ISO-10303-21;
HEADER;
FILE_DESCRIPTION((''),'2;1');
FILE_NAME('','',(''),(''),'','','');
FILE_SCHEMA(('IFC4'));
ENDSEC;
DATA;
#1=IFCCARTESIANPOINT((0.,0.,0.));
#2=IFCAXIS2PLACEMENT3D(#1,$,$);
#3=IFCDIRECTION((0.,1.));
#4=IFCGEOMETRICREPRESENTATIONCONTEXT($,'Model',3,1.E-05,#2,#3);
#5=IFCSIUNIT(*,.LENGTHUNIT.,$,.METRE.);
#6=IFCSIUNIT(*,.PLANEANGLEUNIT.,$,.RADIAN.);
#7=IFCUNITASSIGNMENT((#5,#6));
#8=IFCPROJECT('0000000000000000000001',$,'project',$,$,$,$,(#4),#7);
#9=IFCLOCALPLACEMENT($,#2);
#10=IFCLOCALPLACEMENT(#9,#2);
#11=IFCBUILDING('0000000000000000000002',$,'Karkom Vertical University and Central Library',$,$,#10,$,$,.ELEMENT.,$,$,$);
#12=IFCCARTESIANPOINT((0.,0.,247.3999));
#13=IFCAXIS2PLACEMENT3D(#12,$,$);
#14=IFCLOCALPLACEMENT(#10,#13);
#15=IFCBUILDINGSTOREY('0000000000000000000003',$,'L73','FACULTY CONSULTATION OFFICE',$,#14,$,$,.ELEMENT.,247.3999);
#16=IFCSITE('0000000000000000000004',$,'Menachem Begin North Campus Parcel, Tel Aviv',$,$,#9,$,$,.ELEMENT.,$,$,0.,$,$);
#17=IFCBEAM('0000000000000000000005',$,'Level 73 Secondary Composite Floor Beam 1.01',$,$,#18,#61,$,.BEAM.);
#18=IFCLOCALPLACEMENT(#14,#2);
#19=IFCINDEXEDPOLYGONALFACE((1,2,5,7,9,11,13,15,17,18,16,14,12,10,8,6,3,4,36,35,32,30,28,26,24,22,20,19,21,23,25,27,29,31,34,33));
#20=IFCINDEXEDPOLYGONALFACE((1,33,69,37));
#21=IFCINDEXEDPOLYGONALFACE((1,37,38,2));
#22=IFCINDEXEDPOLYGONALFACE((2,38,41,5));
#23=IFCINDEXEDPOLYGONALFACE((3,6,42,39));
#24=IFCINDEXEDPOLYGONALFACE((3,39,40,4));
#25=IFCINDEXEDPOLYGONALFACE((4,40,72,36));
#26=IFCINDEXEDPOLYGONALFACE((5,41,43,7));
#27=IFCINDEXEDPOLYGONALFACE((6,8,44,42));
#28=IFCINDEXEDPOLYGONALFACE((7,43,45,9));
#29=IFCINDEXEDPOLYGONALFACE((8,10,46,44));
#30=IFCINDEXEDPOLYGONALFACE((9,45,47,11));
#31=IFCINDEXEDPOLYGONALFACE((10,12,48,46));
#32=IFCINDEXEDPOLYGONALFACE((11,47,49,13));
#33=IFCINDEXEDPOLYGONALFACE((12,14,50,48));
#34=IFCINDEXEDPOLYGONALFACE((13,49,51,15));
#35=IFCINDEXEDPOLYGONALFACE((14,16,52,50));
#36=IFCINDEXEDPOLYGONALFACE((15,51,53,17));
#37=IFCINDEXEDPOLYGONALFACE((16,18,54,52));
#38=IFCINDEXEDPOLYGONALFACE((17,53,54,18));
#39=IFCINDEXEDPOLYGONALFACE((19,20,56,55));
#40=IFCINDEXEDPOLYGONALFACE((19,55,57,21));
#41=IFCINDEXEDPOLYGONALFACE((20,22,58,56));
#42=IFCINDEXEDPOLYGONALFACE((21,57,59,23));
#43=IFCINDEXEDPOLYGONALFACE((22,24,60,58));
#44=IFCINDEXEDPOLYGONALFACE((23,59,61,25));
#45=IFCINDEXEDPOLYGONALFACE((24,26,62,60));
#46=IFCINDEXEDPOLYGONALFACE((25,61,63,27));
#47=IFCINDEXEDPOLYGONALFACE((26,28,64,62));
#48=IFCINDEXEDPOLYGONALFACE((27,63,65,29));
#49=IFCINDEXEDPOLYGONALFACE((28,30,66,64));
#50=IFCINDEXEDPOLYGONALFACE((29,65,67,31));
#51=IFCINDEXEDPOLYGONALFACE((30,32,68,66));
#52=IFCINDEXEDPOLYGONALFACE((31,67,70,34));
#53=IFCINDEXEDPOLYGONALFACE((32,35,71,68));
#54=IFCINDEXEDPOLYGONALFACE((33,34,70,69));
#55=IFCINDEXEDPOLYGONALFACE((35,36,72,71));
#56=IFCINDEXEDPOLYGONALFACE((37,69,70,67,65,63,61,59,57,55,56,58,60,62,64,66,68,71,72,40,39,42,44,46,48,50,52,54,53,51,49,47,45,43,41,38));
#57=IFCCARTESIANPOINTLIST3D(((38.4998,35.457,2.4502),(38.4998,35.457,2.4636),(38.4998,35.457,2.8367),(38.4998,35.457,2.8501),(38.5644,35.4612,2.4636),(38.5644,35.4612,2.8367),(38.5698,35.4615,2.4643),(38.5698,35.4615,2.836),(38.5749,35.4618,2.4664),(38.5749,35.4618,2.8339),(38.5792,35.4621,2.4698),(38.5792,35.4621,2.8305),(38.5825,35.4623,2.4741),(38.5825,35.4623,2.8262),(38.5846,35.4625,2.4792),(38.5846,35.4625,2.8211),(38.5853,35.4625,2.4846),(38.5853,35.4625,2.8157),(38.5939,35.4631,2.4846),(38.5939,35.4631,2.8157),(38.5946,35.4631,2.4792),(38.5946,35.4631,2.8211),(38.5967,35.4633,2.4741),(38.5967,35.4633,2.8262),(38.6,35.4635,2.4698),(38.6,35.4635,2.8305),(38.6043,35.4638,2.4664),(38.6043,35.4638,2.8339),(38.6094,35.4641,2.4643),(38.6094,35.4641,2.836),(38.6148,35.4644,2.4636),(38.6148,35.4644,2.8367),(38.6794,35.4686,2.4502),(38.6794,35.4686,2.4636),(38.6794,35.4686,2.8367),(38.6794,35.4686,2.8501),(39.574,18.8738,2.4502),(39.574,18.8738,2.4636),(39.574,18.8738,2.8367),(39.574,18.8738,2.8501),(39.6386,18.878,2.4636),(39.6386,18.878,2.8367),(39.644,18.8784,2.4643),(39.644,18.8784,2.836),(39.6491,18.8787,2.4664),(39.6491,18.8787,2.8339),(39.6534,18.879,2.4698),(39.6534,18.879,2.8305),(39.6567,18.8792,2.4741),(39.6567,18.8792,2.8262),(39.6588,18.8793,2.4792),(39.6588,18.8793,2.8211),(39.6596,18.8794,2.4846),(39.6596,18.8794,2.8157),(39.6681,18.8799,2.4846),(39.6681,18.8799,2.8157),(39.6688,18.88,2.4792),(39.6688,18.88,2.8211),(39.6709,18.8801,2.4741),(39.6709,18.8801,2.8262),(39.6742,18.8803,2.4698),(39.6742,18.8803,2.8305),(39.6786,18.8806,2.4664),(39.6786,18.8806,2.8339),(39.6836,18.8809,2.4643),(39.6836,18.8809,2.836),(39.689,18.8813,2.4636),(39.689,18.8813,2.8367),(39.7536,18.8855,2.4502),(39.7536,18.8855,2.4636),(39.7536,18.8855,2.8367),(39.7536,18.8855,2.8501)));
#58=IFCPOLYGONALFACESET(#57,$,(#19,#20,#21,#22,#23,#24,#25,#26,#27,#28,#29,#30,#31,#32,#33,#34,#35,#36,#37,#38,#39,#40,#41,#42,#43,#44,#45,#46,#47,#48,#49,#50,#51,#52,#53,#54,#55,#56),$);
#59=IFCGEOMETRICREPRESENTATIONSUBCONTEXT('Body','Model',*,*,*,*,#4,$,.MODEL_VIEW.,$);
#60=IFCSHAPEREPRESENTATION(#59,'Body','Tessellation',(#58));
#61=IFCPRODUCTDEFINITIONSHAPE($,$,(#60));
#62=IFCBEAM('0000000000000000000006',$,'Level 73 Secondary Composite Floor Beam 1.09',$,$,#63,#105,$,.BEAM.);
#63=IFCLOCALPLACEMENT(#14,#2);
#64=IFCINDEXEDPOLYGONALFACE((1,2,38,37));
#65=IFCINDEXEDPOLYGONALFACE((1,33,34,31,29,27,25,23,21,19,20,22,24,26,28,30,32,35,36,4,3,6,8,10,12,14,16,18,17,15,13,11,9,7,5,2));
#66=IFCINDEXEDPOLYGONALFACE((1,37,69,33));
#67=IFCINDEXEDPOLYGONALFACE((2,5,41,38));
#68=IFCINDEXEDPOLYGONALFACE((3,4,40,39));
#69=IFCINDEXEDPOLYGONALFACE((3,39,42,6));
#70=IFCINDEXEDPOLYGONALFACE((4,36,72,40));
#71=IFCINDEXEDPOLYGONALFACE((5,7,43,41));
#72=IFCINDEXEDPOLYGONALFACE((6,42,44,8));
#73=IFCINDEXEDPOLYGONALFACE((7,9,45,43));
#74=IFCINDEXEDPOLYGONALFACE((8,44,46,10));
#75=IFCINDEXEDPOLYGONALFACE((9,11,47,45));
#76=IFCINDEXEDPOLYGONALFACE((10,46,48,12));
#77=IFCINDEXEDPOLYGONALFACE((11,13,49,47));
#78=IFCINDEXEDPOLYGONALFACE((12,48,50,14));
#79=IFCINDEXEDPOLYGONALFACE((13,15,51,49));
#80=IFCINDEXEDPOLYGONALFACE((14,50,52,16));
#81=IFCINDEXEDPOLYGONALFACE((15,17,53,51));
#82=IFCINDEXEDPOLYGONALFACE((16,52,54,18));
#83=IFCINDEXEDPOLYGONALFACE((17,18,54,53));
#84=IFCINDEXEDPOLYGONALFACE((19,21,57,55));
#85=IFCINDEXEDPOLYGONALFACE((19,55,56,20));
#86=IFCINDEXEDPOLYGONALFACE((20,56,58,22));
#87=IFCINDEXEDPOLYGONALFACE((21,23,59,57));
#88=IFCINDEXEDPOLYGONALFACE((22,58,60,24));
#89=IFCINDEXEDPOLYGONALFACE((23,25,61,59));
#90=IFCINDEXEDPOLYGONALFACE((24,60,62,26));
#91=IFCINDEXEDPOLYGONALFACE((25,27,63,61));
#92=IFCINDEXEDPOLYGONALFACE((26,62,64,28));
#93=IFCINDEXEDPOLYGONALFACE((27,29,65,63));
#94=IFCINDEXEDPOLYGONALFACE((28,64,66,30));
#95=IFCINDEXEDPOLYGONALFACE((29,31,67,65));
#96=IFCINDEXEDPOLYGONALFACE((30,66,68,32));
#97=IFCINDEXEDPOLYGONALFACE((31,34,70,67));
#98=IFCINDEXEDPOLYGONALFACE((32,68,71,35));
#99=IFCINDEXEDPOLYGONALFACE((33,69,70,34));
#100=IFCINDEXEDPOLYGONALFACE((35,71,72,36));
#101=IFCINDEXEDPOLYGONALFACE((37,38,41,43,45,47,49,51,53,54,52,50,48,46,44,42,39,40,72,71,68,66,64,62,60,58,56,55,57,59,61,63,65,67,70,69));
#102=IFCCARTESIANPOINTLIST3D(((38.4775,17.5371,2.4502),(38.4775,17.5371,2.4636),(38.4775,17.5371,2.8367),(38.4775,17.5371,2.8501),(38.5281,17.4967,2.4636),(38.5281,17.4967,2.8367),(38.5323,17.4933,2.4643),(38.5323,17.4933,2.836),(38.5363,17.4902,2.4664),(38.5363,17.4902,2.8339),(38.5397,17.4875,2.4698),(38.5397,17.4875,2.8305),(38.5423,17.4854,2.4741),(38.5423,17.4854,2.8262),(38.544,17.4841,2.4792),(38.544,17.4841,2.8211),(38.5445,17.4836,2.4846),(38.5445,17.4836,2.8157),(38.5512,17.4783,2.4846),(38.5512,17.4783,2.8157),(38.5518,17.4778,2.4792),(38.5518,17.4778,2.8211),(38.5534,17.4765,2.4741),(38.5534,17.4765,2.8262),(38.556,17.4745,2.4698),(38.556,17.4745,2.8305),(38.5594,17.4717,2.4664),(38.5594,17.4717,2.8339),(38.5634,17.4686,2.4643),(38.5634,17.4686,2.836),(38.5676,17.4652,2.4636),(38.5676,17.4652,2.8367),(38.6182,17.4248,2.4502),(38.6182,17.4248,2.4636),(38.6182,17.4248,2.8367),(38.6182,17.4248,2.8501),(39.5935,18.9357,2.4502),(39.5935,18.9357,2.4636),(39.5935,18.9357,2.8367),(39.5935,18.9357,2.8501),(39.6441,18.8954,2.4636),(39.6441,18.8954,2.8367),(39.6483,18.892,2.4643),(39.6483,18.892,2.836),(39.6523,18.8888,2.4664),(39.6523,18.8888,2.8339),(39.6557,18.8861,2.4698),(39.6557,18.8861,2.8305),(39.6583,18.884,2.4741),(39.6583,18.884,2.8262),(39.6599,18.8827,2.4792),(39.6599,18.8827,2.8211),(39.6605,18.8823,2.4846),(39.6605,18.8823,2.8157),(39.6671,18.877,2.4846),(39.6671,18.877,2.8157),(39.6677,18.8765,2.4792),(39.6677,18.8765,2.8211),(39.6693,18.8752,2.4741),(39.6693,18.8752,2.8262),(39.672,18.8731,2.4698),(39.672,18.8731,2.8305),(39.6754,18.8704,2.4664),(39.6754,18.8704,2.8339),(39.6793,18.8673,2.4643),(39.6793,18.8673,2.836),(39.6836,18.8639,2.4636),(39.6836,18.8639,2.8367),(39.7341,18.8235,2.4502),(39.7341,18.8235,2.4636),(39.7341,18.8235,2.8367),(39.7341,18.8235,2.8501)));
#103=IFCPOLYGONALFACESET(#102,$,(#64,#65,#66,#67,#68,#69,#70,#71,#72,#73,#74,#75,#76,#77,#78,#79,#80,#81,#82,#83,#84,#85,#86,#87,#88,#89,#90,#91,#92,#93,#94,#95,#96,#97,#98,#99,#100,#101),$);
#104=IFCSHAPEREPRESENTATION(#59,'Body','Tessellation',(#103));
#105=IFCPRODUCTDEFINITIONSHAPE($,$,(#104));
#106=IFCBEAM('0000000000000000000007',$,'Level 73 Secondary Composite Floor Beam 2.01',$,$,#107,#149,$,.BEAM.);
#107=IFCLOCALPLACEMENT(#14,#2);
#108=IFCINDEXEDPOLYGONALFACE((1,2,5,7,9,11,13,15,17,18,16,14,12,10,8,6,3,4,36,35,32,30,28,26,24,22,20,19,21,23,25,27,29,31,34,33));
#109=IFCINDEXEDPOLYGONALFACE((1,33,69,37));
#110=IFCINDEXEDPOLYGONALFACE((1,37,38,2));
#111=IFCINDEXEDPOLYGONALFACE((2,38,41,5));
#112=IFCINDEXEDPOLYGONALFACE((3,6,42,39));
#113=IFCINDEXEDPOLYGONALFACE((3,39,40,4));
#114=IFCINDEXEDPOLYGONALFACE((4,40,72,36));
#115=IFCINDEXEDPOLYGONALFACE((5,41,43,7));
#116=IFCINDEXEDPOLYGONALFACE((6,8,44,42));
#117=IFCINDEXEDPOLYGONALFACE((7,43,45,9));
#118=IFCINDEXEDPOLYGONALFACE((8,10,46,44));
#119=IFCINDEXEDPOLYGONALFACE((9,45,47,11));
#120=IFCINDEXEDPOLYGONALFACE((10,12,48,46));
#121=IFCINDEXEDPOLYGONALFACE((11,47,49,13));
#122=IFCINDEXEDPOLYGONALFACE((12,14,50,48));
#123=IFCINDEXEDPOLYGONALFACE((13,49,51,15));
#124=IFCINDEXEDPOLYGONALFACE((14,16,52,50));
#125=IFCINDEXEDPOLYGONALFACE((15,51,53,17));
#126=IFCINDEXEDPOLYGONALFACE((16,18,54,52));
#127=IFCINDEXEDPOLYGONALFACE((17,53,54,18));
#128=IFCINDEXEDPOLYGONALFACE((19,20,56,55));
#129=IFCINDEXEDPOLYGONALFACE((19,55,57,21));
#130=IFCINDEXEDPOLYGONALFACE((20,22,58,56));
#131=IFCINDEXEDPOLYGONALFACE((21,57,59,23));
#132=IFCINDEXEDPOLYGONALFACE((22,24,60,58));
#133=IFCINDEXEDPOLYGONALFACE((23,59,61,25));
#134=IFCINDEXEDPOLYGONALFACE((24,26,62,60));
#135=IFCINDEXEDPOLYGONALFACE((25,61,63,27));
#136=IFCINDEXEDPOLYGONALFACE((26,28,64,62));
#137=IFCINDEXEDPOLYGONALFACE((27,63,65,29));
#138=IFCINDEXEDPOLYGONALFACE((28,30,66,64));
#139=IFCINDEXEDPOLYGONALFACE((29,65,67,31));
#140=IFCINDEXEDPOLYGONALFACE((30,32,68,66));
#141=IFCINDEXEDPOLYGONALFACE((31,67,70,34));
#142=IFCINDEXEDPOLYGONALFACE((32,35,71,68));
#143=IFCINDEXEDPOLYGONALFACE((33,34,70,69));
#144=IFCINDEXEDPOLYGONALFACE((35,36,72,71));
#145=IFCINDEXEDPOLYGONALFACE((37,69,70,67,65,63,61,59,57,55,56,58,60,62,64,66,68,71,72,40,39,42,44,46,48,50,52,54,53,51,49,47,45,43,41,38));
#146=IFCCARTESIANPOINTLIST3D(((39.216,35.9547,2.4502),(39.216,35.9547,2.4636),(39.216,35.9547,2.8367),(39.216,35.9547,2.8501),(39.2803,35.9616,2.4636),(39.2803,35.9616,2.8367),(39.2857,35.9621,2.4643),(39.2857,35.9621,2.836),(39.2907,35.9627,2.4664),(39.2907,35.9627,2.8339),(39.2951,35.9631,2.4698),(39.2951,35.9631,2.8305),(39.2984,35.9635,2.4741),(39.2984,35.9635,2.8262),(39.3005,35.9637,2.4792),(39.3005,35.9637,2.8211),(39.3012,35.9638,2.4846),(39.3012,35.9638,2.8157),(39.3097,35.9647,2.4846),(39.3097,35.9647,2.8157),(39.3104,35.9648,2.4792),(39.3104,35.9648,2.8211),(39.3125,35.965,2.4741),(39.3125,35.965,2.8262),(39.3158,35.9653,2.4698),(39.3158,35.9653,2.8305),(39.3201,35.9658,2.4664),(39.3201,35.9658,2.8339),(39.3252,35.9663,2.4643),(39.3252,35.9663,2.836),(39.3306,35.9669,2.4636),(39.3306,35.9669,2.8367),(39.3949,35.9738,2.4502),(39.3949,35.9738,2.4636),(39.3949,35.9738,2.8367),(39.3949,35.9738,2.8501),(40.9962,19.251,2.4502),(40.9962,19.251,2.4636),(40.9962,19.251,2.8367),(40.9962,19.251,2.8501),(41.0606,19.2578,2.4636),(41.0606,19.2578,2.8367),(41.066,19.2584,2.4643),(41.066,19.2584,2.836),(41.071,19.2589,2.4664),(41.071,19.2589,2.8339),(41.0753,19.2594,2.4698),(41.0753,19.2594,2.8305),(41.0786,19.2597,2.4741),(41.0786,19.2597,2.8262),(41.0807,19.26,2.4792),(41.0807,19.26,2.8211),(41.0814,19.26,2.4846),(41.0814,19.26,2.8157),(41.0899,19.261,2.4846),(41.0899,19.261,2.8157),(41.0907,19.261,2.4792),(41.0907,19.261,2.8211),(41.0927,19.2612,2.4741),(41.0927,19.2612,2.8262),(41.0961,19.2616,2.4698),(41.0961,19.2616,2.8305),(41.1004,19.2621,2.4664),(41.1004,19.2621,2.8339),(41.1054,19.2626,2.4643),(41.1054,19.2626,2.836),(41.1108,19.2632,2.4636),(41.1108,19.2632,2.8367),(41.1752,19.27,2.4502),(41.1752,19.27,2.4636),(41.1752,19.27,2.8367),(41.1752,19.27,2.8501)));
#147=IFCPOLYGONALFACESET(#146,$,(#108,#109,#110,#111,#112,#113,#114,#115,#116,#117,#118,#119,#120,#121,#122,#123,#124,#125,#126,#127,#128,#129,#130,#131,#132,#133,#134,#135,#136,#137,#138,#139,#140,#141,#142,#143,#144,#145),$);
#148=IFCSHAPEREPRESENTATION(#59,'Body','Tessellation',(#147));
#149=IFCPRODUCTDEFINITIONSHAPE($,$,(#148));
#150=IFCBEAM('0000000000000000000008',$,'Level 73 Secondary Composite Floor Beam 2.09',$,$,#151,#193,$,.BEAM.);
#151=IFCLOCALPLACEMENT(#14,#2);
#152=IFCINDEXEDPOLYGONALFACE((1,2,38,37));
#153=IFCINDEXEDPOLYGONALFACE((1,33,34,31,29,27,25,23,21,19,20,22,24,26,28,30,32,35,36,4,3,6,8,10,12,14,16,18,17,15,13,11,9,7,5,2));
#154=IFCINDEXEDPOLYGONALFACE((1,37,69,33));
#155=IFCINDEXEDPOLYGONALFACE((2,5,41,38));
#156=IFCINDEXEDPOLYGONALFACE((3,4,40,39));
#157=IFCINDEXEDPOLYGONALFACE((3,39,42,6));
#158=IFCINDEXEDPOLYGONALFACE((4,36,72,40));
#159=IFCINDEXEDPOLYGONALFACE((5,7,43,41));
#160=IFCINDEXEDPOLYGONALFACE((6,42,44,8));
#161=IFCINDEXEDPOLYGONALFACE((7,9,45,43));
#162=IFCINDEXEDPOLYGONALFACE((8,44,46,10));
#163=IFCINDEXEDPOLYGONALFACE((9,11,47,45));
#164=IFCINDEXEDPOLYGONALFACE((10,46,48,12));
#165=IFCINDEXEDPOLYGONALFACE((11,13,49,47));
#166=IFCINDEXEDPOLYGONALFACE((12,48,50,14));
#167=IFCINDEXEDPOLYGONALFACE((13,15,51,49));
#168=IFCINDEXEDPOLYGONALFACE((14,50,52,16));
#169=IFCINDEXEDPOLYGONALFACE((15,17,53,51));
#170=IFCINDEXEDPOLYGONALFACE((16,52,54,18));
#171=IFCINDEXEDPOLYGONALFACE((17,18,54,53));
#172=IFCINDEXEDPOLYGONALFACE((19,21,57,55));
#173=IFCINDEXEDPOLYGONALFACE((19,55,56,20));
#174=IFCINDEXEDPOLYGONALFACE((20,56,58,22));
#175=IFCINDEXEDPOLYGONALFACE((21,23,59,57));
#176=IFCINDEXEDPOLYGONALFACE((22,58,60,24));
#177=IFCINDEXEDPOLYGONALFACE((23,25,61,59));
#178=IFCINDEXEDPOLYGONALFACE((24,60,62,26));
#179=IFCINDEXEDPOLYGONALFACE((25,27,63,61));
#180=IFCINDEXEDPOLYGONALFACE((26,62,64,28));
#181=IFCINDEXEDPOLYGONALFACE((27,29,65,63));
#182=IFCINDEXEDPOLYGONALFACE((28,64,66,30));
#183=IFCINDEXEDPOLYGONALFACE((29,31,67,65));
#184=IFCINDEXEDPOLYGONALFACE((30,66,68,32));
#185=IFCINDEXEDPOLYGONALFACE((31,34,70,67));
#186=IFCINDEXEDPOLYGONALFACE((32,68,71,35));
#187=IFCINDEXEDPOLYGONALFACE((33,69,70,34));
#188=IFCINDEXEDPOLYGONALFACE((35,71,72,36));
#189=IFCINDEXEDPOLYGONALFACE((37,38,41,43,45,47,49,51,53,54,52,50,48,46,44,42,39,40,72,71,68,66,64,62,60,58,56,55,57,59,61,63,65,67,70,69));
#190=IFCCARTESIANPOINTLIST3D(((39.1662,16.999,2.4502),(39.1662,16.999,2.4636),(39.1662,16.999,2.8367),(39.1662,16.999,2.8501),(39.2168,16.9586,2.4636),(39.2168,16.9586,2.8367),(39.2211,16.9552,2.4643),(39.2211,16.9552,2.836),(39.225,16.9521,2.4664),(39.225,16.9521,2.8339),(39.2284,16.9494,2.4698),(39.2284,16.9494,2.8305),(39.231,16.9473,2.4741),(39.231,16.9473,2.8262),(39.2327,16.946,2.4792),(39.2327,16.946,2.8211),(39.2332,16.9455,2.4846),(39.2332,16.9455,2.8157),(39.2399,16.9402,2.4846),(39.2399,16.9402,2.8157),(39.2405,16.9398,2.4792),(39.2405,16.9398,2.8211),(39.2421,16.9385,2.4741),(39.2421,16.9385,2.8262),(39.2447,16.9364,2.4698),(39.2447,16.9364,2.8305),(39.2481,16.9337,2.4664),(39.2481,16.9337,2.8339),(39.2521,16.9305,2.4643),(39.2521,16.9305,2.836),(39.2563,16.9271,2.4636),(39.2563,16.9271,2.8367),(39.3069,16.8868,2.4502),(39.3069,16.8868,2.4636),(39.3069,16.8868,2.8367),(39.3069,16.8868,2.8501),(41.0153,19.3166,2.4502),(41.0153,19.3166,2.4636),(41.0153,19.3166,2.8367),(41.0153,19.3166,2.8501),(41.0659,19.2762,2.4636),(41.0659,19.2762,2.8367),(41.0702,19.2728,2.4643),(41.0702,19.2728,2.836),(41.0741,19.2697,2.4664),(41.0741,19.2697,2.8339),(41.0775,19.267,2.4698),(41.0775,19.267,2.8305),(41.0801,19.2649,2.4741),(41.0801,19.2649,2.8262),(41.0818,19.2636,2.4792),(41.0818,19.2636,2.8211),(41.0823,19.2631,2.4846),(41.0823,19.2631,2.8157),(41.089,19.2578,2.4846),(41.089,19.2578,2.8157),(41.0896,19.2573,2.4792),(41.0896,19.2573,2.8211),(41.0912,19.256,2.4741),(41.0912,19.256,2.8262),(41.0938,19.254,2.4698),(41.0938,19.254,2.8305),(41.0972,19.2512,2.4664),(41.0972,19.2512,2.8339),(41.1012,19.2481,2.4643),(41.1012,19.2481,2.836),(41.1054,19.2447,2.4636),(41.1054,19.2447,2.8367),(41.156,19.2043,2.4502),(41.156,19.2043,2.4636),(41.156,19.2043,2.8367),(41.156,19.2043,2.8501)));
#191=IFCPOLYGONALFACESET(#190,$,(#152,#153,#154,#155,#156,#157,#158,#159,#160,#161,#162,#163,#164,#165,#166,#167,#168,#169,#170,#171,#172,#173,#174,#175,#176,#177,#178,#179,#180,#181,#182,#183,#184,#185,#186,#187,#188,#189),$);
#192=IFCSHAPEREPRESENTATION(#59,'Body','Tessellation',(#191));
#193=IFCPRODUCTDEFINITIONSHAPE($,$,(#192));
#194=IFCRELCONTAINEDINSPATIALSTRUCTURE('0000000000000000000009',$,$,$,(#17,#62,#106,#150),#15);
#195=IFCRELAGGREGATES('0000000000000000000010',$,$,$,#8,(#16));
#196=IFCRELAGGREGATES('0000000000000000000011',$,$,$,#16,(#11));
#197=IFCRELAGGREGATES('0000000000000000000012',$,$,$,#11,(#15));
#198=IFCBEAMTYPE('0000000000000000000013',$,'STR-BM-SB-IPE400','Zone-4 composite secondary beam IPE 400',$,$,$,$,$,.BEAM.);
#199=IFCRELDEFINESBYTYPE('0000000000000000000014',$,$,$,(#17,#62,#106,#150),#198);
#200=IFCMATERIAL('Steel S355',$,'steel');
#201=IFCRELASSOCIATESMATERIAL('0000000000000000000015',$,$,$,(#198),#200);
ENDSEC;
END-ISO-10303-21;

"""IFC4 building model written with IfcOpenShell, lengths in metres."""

from ifc_helpers import new_model, si_unit, direction, frame, origin, origin_with_axes, origin_2d, place, context, subcontext, project, spatial, i_section, extrude, source, transform, mapped, material, material_profile, profile_set, type_object, element, save


model = new_model("IFC4")

# Units and contexts
model_context = context("Model", 3, precision=1e-05, world=origin(), true_north=direction((0.0, 1.0)))
body_context = subcontext(model_context, "Body", "Model", "MODEL_VIEW")
ifc_project = project(units=[si_unit("LENGTHUNIT", "METRE"), si_unit("PLANEANGLEUNIT", "RADIAN")], contexts=[model_context])

# Site, building, storey
site_placement = place(None, origin())
site = spatial("IfcSite", under=ifc_project, at=site_placement, Name="Menachem Begin North Campus Parcel, Tel Aviv", CompositionType="ELEMENT", RefElevation=0.0)
building_placement = place(site_placement, origin())
building = spatial("IfcBuilding", under=site, at=building_placement, Name="Karkom Vertical University and Central Library", CompositionType="ELEMENT")
storey_placement = place(building_placement, frame((0.0, 0.0, 247.3999)))
storey = spatial("IfcBuildingStorey", under=building, at=storey_placement, Name="L73", Description="FACULTY CONSULTATION OFFICE", CompositionType="ELEMENT", Elevation=247.3999)

# Beams
ifc_material_1 = material(Name="Steel S355", Category="steel")
ifc_material_profile_1 = material_profile(ifc_material_1, i_section(OverallWidth=0.1799, OverallDepth=0.3999, WebThickness=0.0085, FlangeThickness=0.0134, FilletRadius=0.021, at=origin_2d()), Name="IPE 400")
ifc_profile_set_1 = profile_set([ifc_material_profile_1], Name="Steel S355")
beam_type_1 = type_object("IfcBeamType", Name="STR-BM-SB-IPE400", Description="Zone-4 composite secondary beam IPE 400", PredefinedType="BEAM", material=ifc_profile_set_1)
shared_shape_1 = source(origin_with_axes(), body_context, "Body", "SweptSolid", [
    extrude(i_section(OverallWidth=0.1799, OverallDepth=0.3999, WebThickness=0.0085, FlangeThickness=0.0134, FilletRadius=0.021, at=origin_2d()), origin(), (0.0, 0.0, 1.0), 16.6179),
])
beam_1_placement = place(storey_placement, frame((39.6638, 18.8796, 2.6501), z_axis=(-0.064642, 0.997909, 0.0), x_axis=(-0.997909, -0.064642, 0.0)))
element("IfcBeam", 1, at=beam_1_placement, inside=storey, type_object=beam_type_1, Name="Level 73 Secondary Composite Floor Beam 1.01", PredefinedType="BEAM", context=body_context, shape_type="MappedRepresentation", body=[
    mapped(shared_shape_1, transform((0.0, 0.0, 0.0), scale=1.0)),
])
shared_shape_2 = source(origin_with_axes(), body_context, "Body", "SweptSolid", [
    extrude(i_section(OverallWidth=0.1799, OverallDepth=0.3999, WebThickness=0.0085, FlangeThickness=0.0134, FilletRadius=0.021, at=origin_2d()), origin(), (0.0, 0.0, 1.0), 1.7893),
])
beam_2_placement = place(storey_placement, frame((38.5479, 17.481, 2.6501), z_axis=(0.62368, 0.78168, 0.0), x_axis=(-0.78168, 0.62368, 0.0)))
element("IfcBeam", 2, at=beam_2_placement, inside=storey, type_object=beam_type_1, Name="Level 73 Secondary Composite Floor Beam 1.09", PredefinedType="BEAM", context=body_context, shape_type="MappedRepresentation", body=[
    mapped(shared_shape_2, transform((0.0, 0.0, 0.0), scale=1.0)),
])
shared_shape_3 = source(origin_with_axes(), body_context, "Body", "SweptSolid", [
    extrude(i_section(OverallWidth=0.1799, OverallDepth=0.3999, WebThickness=0.0085, FlangeThickness=0.0134, FilletRadius=0.021, at=origin_2d()), origin(), (0.0, 0.0, 1.0), 16.7983),
])
beam_3_placement = place(storey_placement, frame((41.0857, 19.2605, 2.6501), z_axis=(-0.105978, 0.994368, 0.0), x_axis=(-0.994368, -0.105978, 0.0)))
element("IfcBeam", 3, at=beam_3_placement, inside=storey, type_object=beam_type_1, Name="Level 73 Secondary Composite Floor Beam 2.01", PredefinedType="BEAM", context=body_context, shape_type="MappedRepresentation", body=[
    mapped(shared_shape_3, transform((0.0, 0.0, 0.0), scale=1.0)),
])
shared_shape_4 = source(origin_with_axes(), body_context, "Body", "SweptSolid", [
    extrude(i_section(OverallWidth=0.1799, OverallDepth=0.3999, WebThickness=0.0085, FlangeThickness=0.0134, FilletRadius=0.021, at=origin_2d()), origin(), (0.0, 0.0, 1.0), 2.9648),
])
beam_4_placement = place(storey_placement, frame((39.2366, 16.9429, 2.6501), z_axis=(0.62367, 0.781688, 0.0), x_axis=(-0.781688, 0.62367, 0.0)))
element("IfcBeam", 4, at=beam_4_placement, inside=storey, type_object=beam_type_1, Name="Level 73 Secondary Composite Floor Beam 2.09", PredefinedType="BEAM", context=body_context, shape_type="MappedRepresentation", body=[
    mapped(shared_shape_4, transform((0.0, 0.0, 0.0), scale=1.0)),
])

save(model, "model.ifc")
